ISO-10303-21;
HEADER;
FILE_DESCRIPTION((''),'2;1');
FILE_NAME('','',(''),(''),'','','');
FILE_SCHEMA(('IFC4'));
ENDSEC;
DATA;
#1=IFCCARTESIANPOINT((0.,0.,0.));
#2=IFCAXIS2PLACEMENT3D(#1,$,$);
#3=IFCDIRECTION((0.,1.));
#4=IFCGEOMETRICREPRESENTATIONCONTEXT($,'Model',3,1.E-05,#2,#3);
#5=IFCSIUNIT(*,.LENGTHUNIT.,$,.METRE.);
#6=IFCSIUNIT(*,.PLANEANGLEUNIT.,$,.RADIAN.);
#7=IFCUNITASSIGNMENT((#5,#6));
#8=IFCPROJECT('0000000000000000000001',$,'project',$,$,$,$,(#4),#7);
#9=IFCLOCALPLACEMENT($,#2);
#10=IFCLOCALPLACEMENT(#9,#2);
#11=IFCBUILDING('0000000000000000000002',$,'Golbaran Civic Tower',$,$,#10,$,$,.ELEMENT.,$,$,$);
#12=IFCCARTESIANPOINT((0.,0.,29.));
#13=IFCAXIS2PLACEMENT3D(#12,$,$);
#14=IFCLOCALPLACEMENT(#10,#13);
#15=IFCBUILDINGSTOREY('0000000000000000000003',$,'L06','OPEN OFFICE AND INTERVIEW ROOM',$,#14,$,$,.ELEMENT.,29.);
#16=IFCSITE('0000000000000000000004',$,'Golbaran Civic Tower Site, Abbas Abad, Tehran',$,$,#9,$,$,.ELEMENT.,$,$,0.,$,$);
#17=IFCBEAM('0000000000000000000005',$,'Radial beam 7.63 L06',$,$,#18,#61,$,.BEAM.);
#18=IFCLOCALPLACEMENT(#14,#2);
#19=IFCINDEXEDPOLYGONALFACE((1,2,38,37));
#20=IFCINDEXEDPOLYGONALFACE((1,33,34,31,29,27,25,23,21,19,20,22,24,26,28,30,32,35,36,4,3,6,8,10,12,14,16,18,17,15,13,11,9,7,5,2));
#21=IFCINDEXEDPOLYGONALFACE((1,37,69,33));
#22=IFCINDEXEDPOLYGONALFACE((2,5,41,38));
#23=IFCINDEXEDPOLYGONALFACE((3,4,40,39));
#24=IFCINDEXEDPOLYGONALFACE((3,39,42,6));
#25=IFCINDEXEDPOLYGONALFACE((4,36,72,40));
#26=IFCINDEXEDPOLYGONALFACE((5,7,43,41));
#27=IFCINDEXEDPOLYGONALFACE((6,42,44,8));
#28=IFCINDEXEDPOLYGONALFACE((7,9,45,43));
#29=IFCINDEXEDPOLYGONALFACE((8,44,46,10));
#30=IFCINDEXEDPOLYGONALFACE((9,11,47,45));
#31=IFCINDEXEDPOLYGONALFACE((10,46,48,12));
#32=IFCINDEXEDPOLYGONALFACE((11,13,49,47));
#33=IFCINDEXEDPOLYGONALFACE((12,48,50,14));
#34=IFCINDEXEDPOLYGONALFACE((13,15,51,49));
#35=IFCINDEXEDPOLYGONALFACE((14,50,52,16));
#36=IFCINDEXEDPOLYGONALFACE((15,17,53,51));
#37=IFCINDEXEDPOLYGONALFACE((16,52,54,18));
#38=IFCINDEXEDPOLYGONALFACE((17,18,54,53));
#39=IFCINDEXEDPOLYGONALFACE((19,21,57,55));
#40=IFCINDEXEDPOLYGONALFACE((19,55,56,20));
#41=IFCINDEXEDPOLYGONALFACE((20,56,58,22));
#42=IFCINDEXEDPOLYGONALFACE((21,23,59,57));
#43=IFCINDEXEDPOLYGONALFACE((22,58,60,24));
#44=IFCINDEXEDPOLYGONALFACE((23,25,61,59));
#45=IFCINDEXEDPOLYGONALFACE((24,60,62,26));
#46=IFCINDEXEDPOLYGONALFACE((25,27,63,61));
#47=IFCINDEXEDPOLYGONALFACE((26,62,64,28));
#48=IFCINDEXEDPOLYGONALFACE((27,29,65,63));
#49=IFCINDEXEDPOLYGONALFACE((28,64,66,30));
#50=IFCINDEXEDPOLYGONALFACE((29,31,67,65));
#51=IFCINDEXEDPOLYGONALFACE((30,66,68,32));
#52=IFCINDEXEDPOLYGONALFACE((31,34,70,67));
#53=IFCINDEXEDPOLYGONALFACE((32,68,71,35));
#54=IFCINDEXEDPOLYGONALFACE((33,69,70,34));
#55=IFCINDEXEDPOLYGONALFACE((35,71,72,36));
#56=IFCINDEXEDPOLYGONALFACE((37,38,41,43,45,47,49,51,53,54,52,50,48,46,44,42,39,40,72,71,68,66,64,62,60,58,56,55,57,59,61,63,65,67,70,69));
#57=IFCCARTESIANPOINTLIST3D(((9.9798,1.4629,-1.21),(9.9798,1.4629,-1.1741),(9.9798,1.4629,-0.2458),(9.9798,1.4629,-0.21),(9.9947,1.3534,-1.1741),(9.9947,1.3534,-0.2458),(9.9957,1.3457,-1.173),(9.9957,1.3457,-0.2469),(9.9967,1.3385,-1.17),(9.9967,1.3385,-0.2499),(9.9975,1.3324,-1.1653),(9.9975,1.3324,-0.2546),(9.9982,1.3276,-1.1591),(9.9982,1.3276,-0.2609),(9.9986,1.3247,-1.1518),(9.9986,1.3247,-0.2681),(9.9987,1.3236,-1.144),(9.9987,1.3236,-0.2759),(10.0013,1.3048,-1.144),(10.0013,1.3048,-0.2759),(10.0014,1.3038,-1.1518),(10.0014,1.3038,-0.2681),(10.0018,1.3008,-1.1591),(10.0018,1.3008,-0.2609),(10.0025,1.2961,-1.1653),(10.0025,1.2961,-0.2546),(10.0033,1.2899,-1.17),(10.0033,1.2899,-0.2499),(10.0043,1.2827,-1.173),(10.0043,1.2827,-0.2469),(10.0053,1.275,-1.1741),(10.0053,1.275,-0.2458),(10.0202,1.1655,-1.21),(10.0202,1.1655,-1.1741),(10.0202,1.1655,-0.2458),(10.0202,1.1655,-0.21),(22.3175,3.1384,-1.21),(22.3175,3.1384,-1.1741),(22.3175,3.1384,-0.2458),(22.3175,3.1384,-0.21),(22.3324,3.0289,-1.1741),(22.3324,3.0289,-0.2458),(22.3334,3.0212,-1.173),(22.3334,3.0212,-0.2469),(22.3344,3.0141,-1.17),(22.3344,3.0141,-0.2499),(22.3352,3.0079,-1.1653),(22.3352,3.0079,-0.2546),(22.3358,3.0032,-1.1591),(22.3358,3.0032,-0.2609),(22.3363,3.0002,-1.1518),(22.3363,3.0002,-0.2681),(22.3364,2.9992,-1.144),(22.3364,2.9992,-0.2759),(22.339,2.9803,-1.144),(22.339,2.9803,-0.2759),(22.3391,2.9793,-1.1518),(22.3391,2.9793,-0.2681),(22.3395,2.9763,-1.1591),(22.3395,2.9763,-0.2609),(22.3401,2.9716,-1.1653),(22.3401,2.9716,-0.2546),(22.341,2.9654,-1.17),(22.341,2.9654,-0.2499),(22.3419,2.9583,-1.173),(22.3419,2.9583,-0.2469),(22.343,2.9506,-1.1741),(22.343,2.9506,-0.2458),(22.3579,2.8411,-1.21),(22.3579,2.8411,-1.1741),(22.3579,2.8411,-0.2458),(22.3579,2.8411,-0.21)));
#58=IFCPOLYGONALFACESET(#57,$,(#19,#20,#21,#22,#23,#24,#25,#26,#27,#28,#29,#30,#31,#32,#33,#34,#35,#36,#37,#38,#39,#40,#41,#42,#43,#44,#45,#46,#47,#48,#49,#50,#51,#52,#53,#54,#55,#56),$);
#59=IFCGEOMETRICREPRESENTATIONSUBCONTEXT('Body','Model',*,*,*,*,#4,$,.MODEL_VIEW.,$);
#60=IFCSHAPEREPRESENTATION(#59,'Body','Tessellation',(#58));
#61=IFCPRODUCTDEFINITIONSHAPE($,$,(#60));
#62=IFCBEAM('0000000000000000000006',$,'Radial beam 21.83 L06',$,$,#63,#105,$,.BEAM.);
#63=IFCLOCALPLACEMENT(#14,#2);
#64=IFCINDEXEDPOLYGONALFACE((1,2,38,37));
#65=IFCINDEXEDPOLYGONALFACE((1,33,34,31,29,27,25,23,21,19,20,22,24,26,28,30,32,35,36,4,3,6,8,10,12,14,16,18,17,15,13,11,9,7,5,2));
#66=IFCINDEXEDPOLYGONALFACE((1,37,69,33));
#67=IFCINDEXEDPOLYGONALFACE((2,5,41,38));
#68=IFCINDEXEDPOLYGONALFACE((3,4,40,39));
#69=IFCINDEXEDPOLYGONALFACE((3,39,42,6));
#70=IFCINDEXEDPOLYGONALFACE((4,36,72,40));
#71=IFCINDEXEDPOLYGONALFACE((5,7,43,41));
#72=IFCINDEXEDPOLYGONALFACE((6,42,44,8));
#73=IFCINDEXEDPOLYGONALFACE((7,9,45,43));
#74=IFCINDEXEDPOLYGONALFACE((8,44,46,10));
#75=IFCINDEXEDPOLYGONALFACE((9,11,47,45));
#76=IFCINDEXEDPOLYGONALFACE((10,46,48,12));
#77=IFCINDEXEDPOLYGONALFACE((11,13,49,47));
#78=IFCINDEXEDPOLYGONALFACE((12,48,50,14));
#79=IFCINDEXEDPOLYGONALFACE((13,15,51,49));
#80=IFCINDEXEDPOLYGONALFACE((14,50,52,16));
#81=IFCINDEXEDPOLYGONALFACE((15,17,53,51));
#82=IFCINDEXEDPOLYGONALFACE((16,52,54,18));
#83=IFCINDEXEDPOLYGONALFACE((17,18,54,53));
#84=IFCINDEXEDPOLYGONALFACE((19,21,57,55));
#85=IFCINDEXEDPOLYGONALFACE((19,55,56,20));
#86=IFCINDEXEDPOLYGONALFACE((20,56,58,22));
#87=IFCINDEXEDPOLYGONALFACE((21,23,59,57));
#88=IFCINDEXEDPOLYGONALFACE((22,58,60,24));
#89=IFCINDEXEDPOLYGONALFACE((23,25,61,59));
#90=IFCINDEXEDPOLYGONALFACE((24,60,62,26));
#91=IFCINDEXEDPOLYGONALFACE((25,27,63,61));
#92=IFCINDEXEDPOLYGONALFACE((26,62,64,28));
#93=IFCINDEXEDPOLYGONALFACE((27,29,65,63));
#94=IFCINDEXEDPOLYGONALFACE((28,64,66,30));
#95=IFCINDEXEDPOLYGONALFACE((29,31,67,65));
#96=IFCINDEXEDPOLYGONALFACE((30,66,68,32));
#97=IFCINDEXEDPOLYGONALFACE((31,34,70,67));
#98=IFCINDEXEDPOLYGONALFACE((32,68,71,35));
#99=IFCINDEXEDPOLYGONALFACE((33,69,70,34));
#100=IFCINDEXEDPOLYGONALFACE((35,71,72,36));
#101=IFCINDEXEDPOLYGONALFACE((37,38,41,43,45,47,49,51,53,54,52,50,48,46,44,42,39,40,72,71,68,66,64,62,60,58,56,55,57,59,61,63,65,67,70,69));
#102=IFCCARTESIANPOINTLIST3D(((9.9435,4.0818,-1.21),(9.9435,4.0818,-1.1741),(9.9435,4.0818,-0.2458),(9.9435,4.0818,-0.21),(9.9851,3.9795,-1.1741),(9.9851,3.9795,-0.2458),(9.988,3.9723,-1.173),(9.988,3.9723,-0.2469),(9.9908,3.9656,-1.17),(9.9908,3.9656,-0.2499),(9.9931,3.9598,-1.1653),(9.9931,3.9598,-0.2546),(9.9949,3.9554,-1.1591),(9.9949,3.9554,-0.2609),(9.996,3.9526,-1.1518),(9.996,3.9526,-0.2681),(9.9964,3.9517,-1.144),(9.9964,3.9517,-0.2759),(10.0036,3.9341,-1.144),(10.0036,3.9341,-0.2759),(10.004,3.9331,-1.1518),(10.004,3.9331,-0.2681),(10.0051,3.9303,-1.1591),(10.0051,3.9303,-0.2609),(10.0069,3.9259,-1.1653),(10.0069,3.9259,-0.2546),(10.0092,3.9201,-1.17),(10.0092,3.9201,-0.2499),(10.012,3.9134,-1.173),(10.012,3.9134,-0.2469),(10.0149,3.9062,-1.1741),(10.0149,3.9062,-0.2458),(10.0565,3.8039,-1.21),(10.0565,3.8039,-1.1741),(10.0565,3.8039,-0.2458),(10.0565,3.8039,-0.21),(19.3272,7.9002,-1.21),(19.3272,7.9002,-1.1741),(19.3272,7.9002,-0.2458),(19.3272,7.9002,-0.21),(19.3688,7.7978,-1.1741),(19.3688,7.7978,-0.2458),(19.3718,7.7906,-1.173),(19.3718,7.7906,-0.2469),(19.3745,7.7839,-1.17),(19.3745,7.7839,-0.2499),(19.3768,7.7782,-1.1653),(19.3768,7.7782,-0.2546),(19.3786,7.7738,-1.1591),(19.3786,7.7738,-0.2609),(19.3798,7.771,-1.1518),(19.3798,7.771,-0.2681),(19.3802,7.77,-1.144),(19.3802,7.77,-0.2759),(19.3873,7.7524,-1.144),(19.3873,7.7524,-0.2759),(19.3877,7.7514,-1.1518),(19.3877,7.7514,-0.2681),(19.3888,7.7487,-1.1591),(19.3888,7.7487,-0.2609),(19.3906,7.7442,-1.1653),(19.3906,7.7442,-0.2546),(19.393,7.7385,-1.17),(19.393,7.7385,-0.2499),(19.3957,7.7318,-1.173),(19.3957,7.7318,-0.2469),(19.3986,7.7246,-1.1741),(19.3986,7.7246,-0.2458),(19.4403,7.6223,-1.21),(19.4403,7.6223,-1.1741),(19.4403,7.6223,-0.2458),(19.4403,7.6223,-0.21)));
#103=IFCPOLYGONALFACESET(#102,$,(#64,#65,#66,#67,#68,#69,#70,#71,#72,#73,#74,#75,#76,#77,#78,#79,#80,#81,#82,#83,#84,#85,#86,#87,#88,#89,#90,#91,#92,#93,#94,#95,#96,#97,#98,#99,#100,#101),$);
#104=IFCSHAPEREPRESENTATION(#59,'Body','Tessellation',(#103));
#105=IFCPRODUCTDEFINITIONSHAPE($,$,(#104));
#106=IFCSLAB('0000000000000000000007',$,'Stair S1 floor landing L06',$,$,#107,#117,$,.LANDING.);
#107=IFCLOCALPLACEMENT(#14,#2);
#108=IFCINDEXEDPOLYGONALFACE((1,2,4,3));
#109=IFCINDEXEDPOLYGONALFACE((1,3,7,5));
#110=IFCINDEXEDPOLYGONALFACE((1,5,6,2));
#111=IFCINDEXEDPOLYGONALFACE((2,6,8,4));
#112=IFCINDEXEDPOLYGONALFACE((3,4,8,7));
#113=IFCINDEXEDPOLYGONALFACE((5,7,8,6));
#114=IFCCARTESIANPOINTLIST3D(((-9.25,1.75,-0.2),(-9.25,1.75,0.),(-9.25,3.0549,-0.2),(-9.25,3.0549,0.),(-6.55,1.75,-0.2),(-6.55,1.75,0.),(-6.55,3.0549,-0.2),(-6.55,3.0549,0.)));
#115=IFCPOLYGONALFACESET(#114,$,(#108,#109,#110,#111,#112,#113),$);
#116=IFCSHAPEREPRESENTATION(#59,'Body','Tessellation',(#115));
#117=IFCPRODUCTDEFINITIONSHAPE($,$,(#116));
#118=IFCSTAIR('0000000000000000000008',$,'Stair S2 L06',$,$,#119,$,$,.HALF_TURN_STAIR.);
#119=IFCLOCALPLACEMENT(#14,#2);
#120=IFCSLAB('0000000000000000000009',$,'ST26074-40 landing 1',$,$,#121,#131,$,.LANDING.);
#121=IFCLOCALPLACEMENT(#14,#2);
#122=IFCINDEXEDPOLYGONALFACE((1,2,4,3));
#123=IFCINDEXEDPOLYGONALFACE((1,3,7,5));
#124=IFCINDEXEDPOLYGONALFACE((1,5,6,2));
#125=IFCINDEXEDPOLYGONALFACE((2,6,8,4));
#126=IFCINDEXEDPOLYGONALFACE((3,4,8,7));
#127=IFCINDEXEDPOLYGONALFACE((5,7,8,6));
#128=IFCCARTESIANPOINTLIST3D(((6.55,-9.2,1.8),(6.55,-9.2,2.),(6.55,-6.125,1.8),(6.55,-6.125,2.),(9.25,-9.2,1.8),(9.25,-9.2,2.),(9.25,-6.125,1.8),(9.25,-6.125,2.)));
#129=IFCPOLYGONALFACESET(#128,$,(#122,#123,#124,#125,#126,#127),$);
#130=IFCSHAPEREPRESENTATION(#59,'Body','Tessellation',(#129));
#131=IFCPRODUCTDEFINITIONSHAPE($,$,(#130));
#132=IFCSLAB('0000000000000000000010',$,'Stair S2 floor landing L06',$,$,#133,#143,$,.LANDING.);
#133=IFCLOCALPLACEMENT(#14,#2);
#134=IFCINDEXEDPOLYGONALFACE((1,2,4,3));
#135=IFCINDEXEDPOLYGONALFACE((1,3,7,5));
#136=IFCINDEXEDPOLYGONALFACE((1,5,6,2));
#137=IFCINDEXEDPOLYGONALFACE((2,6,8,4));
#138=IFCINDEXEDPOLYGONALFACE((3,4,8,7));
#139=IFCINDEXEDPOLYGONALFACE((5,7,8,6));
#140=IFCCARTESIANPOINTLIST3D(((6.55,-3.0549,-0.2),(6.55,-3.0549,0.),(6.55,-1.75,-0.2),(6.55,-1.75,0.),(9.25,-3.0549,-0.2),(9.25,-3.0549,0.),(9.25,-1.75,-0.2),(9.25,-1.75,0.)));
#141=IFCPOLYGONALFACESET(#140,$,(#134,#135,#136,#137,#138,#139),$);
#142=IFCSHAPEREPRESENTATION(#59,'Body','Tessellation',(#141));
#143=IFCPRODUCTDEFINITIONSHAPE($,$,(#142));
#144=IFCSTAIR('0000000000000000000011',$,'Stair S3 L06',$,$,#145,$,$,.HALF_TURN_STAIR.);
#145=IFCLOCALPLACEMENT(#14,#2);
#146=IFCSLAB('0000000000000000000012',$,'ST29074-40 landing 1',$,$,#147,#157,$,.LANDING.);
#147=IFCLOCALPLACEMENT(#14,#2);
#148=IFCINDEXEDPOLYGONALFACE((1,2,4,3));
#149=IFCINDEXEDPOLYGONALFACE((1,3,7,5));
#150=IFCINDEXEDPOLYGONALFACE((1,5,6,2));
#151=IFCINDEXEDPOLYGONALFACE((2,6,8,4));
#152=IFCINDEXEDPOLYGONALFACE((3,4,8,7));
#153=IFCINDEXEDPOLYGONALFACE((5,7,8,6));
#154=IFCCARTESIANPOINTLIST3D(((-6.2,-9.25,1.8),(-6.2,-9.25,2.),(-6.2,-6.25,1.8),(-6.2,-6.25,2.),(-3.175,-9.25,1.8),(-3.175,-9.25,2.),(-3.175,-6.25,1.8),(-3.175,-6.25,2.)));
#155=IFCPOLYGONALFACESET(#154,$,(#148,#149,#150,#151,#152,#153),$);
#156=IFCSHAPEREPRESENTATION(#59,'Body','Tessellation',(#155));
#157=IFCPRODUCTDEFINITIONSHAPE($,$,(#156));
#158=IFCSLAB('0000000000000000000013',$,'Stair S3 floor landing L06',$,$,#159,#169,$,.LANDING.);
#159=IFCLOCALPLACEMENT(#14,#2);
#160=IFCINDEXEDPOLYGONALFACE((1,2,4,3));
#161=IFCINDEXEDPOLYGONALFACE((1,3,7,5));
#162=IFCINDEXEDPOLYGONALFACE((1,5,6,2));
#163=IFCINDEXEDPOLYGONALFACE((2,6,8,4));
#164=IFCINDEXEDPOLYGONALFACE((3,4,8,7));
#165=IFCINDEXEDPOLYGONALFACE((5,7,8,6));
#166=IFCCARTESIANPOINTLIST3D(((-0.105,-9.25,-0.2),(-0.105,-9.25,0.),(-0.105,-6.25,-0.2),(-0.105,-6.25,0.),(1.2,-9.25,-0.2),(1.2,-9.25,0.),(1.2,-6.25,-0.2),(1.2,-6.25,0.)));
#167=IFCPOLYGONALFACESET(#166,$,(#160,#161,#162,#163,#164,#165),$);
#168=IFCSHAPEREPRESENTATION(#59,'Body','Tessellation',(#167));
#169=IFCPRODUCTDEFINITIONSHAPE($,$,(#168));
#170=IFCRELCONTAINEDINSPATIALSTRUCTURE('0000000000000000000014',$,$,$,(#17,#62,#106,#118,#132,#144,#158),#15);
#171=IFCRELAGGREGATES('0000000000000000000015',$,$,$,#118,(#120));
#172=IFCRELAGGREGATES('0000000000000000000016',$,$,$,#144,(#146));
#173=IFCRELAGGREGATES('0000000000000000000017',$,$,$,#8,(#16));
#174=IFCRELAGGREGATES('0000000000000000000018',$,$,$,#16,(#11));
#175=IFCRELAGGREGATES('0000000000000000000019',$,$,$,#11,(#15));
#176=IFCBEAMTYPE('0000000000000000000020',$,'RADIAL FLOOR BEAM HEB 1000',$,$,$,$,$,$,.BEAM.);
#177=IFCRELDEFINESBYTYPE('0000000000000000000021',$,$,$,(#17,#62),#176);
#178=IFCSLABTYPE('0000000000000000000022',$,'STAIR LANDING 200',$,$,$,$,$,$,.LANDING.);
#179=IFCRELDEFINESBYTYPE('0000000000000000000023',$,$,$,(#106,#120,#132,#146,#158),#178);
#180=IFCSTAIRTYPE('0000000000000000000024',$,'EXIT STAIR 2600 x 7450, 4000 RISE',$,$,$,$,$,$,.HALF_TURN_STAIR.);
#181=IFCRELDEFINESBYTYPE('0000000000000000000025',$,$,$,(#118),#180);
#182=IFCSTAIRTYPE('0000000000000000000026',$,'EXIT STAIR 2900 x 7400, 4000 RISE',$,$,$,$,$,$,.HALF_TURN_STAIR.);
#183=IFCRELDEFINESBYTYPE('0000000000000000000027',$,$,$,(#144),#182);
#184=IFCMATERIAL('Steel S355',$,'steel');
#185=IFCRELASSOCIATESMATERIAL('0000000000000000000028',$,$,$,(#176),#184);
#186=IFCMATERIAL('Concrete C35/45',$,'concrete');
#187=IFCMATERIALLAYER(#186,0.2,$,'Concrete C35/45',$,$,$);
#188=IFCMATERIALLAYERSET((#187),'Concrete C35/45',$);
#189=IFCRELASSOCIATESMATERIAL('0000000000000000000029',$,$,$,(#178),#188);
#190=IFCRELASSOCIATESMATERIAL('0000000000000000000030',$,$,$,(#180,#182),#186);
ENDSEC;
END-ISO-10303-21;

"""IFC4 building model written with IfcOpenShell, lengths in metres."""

from ifc_helpers import new_model, si_unit, direction, frame, origin, origin_2d, place, context, subcontext, project, spatial, polyline, i_section, outline, extrude, material, layer, layer_set, material_profile, profile_set, type_object, element, aggregate, save


model = new_model("IFC4")

# Units and contexts
model_context = context("Model", 3, precision=1e-05, world=origin(), true_north=direction((0.0, 1.0)))
body_context = subcontext(model_context, "Body", "Model", "MODEL_VIEW")
ifc_project = project(units=[si_unit("LENGTHUNIT", "METRE"), si_unit("PLANEANGLEUNIT", "RADIAN")], contexts=[model_context])

# Site, building, storey
site_placement = place(None, origin())
site = spatial("IfcSite", under=ifc_project, at=site_placement, Name="Golbaran Civic Tower Site, Abbas Abad, Tehran", CompositionType="ELEMENT", RefElevation=0.0)
building_placement = place(site_placement, origin())
building = spatial("IfcBuilding", under=site, at=building_placement, Name="Golbaran Civic Tower", CompositionType="ELEMENT")
storey_placement = place(building_placement, frame((0.0, 0.0, 29.0)))
storey = spatial("IfcBuildingStorey", under=building, at=storey_placement, Name="L06", Description="OPEN OFFICE AND INTERVIEW ROOM", CompositionType="ELEMENT", Elevation=29.0)

# Beams
ifc_material_1 = material(Name="Steel S355", Category="steel")
ifc_material_profile = material_profile(ifc_material_1, i_section(OverallWidth=0.3, OverallDepth=1.0, WebThickness=0.019, FlangeThickness=0.0359, FilletRadius=0.03, at=origin_2d()), Name="HEB 1000")
ifc_profile_set = profile_set([ifc_material_profile], Name="Steel S355")
beam_type = type_object("IfcBeamType", Name="RADIAL FLOOR BEAM HEB 1000", PredefinedType="BEAM", material=ifc_profile_set)
beam_1_placement = place(storey_placement, frame((10.0, 1.3142, -0.71), z_axis=(0.990904, 0.134572, 0.0), x_axis=(-0.134572, 0.990904, 0.0)))
element("IfcBeam", 1, at=beam_1_placement, inside=storey, type_object=beam_type, Name="Radial beam 7.63 L06", PredefinedType="BEAM", context=body_context, shape_type="SweptSolid", body=[
    extrude(i_section(OverallWidth=0.3, OverallDepth=1.0, WebThickness=0.019, FlangeThickness=0.0359, FilletRadius=0.03, at=origin_2d()), origin(), (0.0, 0.0, 1.0), 12.4509),
])
beam_2_placement = place(storey_placement, frame((10.0, 3.9429, -0.71), z_axis=(0.926253, 0.376902, 0.0), x_axis=(-0.376902, 0.926253, 0.0)))
element("IfcBeam", 2, at=beam_2_placement, inside=storey, type_object=beam_type, Name="Radial beam 21.83 L06", PredefinedType="BEAM", context=body_context, shape_type="SweptSolid", body=[
    extrude(i_section(OverallWidth=0.3, OverallDepth=1.0, WebThickness=0.019, FlangeThickness=0.0359, FilletRadius=0.03, at=origin_2d()), origin(), (0.0, 0.0, 1.0), 10.1309),
])

# Slab
ifc_material_2 = material(Name="Concrete C35/45", Category="concrete")
ifc_layer_1 = layer(ifc_material_2, 0.2, Name="Concrete C35/45")
ifc_layer_set_1 = layer_set([ifc_layer_1], Name="Concrete C35/45")
slab_type = type_object("IfcSlabType", Name="STAIR LANDING 200", PredefinedType="LANDING", material=ifc_layer_set_1)
slab_1_placement = place(storey_placement, frame((0.0, 0.0, -0.2)))
element("IfcSlab", 3, at=slab_1_placement, inside=storey, type_object=slab_type, Name="Stair S1 floor landing L06", PredefinedType="LANDING", context=body_context, shape_type="SweptSolid", body=[
    extrude(outline(polyline([(-9.25, 1.75), (-9.25, 3.0549), (-6.55, 3.0549), (-6.55, 1.75), (-9.25, 1.75)])), origin(), (0.0, 0.0, 1.0), 0.2),
])

# Stair, slab
stair_type_1 = type_object("IfcStairType", Name="EXIT STAIR 2600 x 7450, 4000 RISE", PredefinedType="HALF_TURN_STAIR", material=ifc_material_2)
stair_1_placement = place(storey_placement, origin())
stair_1 = element("IfcStair", 4, at=stair_1_placement, inside=storey, type_object=stair_type_1, Name="Stair S2 L06", PredefinedType="HALF_TURN_STAIR")
slab_2_placement = place(storey_placement, frame((0.0, 0.0, 1.8)))
slab_2 = element("IfcSlab", 5, at=slab_2_placement, type_object=slab_type, Name="ST26074-40 landing 1", PredefinedType="LANDING", context=body_context, shape_type="SweptSolid", body=[
    extrude(outline(polyline([(9.25, -6.125), (9.25, -9.2), (6.55, -9.2), (6.55, -6.125), (9.25, -6.125)])), origin(), (0.0, 0.0, 1.0), 0.2),
])
aggregate(stair_1, [slab_2])

# Slab
slab_3_placement = place(storey_placement, frame((0.0, 0.0, -0.2)))
element("IfcSlab", 6, at=slab_3_placement, inside=storey, type_object=slab_type, Name="Stair S2 floor landing L06", PredefinedType="LANDING", context=body_context, shape_type="SweptSolid", body=[
    extrude(outline(polyline([(9.25, -1.75), (9.25, -3.0549), (6.55, -3.0549), (6.55, -1.75), (9.25, -1.75)])), origin(), (0.0, 0.0, 1.0), 0.2),
])

# Stair, slab
stair_type_2 = type_object("IfcStairType", Name="EXIT STAIR 2900 x 7400, 4000 RISE", PredefinedType="HALF_TURN_STAIR", material=ifc_material_2)
stair_2_placement = place(storey_placement, origin())
stair_2 = element("IfcStair", 7, at=stair_2_placement, inside=storey, type_object=stair_type_2, Name="Stair S3 L06", PredefinedType="HALF_TURN_STAIR")
slab_4_placement = place(storey_placement, frame((0.0, 0.0, 1.8)))
slab_4 = element("IfcSlab", 8, at=slab_4_placement, type_object=slab_type, Name="ST29074-40 landing 1", PredefinedType="LANDING", context=body_context, shape_type="SweptSolid", body=[
    extrude(outline(polyline([(-3.175, -9.25), (-6.2, -9.25), (-6.2, -6.25), (-3.175, -6.25), (-3.175, -9.25)])), origin(), (0.0, 0.0, 1.0), 0.2),
])
aggregate(stair_2, [slab_4])

# Slab
slab_5_placement = place(storey_placement, frame((0.0, 0.0, -0.2)))
element("IfcSlab", 9, at=slab_5_placement, inside=storey, type_object=slab_type, Name="Stair S3 floor landing L06", PredefinedType="LANDING", context=body_context, shape_type="SweptSolid", body=[
    extrude(outline(polyline([(1.2, -9.25), (-0.105, -9.25), (-0.105, -6.25), (1.2, -6.25), (1.2, -9.25)])), origin(), (0.0, 0.0, 1.0), 0.2),
])

save(model, "model.ifc")
